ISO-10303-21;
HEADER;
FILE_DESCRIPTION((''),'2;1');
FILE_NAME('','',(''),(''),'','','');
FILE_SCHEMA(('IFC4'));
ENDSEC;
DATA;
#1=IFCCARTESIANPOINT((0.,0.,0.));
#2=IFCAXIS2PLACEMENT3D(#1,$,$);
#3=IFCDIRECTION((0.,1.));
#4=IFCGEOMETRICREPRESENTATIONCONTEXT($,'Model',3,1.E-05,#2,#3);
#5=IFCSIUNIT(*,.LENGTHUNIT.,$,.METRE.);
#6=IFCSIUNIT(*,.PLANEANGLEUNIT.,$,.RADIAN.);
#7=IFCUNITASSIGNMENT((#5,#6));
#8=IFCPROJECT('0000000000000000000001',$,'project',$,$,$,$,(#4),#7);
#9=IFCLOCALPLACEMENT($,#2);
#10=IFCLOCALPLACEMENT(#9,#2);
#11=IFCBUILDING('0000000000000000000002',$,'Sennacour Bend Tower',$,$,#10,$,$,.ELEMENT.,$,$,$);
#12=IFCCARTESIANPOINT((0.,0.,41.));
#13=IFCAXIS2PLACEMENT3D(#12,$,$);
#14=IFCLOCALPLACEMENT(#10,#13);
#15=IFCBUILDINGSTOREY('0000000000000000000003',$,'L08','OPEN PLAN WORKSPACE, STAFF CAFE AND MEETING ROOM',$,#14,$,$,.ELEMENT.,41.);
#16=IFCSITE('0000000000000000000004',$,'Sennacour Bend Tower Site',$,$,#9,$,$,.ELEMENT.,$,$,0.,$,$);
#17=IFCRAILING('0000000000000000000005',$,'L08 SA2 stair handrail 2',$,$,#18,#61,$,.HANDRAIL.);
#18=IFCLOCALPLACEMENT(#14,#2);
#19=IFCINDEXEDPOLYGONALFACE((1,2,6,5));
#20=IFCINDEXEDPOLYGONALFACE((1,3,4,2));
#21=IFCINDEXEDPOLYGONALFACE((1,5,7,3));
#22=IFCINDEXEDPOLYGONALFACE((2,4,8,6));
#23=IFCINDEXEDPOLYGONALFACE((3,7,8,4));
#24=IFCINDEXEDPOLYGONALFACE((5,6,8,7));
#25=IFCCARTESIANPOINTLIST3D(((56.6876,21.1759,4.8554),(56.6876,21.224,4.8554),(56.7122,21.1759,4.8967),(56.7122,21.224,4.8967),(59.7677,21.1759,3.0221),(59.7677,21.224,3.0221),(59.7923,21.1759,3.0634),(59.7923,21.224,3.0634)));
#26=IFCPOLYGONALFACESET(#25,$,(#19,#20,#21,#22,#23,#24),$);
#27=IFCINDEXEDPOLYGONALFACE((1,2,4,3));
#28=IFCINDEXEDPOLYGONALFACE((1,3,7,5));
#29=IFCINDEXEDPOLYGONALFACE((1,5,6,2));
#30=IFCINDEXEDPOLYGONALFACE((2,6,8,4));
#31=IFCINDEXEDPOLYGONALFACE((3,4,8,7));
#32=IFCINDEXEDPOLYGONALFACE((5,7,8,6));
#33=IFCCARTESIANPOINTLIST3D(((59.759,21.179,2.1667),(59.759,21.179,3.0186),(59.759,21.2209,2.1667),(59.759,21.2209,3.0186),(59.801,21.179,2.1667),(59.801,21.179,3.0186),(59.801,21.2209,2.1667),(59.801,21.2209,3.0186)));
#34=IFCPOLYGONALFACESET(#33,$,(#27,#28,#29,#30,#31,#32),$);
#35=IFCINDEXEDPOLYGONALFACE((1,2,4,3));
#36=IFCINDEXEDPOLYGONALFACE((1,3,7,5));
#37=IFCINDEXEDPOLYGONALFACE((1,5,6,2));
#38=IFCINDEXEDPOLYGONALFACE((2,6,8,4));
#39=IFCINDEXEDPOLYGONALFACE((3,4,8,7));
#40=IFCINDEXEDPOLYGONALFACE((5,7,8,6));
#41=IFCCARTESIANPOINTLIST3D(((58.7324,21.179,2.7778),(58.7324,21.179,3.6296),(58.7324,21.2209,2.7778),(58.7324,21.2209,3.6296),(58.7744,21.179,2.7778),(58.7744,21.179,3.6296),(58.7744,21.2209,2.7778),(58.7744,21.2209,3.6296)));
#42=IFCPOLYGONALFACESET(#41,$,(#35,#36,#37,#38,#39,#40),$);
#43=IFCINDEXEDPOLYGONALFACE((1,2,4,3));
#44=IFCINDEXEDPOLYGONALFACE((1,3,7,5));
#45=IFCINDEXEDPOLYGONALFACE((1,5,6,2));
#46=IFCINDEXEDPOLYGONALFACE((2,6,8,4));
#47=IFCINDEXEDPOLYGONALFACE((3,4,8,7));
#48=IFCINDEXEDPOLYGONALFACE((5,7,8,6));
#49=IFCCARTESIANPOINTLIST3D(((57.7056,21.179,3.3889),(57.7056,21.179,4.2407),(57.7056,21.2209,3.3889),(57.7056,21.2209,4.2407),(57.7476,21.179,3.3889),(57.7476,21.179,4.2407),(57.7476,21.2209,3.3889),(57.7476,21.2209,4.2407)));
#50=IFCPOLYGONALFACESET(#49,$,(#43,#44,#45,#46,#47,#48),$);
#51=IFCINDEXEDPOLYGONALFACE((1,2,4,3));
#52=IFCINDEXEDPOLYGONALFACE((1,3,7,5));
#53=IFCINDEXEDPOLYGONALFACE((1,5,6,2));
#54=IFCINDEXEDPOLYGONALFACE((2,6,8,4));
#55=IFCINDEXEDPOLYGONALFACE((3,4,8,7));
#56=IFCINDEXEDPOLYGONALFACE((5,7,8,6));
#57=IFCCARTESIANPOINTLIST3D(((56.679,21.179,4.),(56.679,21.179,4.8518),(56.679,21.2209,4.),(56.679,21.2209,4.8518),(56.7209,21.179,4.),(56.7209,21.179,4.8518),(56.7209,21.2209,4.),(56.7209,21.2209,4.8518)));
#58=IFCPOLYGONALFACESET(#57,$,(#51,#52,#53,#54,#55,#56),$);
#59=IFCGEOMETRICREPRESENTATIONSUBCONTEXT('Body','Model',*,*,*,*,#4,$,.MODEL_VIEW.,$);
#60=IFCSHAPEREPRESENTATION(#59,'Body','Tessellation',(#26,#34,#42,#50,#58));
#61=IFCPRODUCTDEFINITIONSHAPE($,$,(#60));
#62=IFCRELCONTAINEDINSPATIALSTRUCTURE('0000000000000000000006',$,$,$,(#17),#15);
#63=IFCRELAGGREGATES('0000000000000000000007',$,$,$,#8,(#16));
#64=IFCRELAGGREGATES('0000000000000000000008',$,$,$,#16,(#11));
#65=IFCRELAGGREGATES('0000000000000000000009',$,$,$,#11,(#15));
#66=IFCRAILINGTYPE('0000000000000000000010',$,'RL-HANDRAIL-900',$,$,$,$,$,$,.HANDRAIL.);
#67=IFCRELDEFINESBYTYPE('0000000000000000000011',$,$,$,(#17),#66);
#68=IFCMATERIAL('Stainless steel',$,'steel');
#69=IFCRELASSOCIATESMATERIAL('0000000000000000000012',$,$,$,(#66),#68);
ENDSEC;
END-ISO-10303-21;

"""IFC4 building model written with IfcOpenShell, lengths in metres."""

from ifc_helpers import new_model, si_unit, direction, frame, origin, origin_2d, place, context, subcontext, project, spatial, rectangle, extrude, material, type_object, element, save


model = new_model("IFC4")

# Units and contexts
model_context = context("Model", 3, precision=1e-05, world=origin(), true_north=direction((0.0, 1.0)))
body_context = subcontext(model_context, "Body", "Model", "MODEL_VIEW")
ifc_project = project(units=[si_unit("LENGTHUNIT", "METRE"), si_unit("PLANEANGLEUNIT", "RADIAN")], contexts=[model_context])

# Site, building, storey
site_placement = place(None, origin())
site = spatial("IfcSite", under=ifc_project, at=site_placement, Name="Sennacour Bend Tower Site", CompositionType="ELEMENT", RefElevation=0.0)
building_placement = place(site_placement, origin())
building = spatial("IfcBuilding", under=site, at=building_placement, Name="Sennacour Bend Tower", CompositionType="ELEMENT")
storey_placement = place(building_placement, frame((0.0, 0.0, 41.0)))
storey = spatial("IfcBuildingStorey", under=building, at=storey_placement, Name="L08", Description="OPEN PLAN WORKSPACE, STAFF CAFE AND MEETING ROOM", CompositionType="ELEMENT", Elevation=41.0)

# Shared definitions
ifc_material_1 = material(Name="Stainless steel", Category="steel")

# Railing
railing_type_1 = type_object("IfcRailingType", Name="RL-HANDRAIL-900", PredefinedType="HANDRAIL", material=ifc_material_1)
railing_1_placement = place(storey_placement, frame((59.78, 21.2, 2.1667)))
element("IfcRailing", 1, at=railing_1_placement, inside=storey, type_object=railing_type_1, Name="L08 SA2 stair handrail 2", PredefinedType="HANDRAIL", context=body_context, shape_type="SweptSolid", body=[
    extrude(rectangle(XDim=0.0481, YDim=0.0481, at=origin_2d()), frame((0.0, 0.0, 0.876), z_axis=(-0.859309, 0.0, 0.511458), x_axis=(0.0, -1.0, 0.0)), (0.0, 0.0, 1.0), 3.5845),
    extrude(rectangle(XDim=0.042, YDim=0.042, at=origin_2d()), origin(), (0.0, 0.0, 1.0), 0.8518),
    extrude(rectangle(XDim=0.042, YDim=0.042, at=origin_2d()), frame((-1.0266, 0.0, 0.6111)), (0.0, 0.0, 1.0), 0.8518),
    extrude(rectangle(XDim=0.042, YDim=0.042, at=origin_2d()), frame((-2.0535, 0.0, 1.2222)), (0.0, 0.0, 1.0), 0.8518),
    extrude(rectangle(XDim=0.042, YDim=0.042, at=origin_2d()), frame((-3.0801, 0.0, 1.8333)), (0.0, 0.0, 1.0), 0.8518),
])

save(model, "model.ifc")
